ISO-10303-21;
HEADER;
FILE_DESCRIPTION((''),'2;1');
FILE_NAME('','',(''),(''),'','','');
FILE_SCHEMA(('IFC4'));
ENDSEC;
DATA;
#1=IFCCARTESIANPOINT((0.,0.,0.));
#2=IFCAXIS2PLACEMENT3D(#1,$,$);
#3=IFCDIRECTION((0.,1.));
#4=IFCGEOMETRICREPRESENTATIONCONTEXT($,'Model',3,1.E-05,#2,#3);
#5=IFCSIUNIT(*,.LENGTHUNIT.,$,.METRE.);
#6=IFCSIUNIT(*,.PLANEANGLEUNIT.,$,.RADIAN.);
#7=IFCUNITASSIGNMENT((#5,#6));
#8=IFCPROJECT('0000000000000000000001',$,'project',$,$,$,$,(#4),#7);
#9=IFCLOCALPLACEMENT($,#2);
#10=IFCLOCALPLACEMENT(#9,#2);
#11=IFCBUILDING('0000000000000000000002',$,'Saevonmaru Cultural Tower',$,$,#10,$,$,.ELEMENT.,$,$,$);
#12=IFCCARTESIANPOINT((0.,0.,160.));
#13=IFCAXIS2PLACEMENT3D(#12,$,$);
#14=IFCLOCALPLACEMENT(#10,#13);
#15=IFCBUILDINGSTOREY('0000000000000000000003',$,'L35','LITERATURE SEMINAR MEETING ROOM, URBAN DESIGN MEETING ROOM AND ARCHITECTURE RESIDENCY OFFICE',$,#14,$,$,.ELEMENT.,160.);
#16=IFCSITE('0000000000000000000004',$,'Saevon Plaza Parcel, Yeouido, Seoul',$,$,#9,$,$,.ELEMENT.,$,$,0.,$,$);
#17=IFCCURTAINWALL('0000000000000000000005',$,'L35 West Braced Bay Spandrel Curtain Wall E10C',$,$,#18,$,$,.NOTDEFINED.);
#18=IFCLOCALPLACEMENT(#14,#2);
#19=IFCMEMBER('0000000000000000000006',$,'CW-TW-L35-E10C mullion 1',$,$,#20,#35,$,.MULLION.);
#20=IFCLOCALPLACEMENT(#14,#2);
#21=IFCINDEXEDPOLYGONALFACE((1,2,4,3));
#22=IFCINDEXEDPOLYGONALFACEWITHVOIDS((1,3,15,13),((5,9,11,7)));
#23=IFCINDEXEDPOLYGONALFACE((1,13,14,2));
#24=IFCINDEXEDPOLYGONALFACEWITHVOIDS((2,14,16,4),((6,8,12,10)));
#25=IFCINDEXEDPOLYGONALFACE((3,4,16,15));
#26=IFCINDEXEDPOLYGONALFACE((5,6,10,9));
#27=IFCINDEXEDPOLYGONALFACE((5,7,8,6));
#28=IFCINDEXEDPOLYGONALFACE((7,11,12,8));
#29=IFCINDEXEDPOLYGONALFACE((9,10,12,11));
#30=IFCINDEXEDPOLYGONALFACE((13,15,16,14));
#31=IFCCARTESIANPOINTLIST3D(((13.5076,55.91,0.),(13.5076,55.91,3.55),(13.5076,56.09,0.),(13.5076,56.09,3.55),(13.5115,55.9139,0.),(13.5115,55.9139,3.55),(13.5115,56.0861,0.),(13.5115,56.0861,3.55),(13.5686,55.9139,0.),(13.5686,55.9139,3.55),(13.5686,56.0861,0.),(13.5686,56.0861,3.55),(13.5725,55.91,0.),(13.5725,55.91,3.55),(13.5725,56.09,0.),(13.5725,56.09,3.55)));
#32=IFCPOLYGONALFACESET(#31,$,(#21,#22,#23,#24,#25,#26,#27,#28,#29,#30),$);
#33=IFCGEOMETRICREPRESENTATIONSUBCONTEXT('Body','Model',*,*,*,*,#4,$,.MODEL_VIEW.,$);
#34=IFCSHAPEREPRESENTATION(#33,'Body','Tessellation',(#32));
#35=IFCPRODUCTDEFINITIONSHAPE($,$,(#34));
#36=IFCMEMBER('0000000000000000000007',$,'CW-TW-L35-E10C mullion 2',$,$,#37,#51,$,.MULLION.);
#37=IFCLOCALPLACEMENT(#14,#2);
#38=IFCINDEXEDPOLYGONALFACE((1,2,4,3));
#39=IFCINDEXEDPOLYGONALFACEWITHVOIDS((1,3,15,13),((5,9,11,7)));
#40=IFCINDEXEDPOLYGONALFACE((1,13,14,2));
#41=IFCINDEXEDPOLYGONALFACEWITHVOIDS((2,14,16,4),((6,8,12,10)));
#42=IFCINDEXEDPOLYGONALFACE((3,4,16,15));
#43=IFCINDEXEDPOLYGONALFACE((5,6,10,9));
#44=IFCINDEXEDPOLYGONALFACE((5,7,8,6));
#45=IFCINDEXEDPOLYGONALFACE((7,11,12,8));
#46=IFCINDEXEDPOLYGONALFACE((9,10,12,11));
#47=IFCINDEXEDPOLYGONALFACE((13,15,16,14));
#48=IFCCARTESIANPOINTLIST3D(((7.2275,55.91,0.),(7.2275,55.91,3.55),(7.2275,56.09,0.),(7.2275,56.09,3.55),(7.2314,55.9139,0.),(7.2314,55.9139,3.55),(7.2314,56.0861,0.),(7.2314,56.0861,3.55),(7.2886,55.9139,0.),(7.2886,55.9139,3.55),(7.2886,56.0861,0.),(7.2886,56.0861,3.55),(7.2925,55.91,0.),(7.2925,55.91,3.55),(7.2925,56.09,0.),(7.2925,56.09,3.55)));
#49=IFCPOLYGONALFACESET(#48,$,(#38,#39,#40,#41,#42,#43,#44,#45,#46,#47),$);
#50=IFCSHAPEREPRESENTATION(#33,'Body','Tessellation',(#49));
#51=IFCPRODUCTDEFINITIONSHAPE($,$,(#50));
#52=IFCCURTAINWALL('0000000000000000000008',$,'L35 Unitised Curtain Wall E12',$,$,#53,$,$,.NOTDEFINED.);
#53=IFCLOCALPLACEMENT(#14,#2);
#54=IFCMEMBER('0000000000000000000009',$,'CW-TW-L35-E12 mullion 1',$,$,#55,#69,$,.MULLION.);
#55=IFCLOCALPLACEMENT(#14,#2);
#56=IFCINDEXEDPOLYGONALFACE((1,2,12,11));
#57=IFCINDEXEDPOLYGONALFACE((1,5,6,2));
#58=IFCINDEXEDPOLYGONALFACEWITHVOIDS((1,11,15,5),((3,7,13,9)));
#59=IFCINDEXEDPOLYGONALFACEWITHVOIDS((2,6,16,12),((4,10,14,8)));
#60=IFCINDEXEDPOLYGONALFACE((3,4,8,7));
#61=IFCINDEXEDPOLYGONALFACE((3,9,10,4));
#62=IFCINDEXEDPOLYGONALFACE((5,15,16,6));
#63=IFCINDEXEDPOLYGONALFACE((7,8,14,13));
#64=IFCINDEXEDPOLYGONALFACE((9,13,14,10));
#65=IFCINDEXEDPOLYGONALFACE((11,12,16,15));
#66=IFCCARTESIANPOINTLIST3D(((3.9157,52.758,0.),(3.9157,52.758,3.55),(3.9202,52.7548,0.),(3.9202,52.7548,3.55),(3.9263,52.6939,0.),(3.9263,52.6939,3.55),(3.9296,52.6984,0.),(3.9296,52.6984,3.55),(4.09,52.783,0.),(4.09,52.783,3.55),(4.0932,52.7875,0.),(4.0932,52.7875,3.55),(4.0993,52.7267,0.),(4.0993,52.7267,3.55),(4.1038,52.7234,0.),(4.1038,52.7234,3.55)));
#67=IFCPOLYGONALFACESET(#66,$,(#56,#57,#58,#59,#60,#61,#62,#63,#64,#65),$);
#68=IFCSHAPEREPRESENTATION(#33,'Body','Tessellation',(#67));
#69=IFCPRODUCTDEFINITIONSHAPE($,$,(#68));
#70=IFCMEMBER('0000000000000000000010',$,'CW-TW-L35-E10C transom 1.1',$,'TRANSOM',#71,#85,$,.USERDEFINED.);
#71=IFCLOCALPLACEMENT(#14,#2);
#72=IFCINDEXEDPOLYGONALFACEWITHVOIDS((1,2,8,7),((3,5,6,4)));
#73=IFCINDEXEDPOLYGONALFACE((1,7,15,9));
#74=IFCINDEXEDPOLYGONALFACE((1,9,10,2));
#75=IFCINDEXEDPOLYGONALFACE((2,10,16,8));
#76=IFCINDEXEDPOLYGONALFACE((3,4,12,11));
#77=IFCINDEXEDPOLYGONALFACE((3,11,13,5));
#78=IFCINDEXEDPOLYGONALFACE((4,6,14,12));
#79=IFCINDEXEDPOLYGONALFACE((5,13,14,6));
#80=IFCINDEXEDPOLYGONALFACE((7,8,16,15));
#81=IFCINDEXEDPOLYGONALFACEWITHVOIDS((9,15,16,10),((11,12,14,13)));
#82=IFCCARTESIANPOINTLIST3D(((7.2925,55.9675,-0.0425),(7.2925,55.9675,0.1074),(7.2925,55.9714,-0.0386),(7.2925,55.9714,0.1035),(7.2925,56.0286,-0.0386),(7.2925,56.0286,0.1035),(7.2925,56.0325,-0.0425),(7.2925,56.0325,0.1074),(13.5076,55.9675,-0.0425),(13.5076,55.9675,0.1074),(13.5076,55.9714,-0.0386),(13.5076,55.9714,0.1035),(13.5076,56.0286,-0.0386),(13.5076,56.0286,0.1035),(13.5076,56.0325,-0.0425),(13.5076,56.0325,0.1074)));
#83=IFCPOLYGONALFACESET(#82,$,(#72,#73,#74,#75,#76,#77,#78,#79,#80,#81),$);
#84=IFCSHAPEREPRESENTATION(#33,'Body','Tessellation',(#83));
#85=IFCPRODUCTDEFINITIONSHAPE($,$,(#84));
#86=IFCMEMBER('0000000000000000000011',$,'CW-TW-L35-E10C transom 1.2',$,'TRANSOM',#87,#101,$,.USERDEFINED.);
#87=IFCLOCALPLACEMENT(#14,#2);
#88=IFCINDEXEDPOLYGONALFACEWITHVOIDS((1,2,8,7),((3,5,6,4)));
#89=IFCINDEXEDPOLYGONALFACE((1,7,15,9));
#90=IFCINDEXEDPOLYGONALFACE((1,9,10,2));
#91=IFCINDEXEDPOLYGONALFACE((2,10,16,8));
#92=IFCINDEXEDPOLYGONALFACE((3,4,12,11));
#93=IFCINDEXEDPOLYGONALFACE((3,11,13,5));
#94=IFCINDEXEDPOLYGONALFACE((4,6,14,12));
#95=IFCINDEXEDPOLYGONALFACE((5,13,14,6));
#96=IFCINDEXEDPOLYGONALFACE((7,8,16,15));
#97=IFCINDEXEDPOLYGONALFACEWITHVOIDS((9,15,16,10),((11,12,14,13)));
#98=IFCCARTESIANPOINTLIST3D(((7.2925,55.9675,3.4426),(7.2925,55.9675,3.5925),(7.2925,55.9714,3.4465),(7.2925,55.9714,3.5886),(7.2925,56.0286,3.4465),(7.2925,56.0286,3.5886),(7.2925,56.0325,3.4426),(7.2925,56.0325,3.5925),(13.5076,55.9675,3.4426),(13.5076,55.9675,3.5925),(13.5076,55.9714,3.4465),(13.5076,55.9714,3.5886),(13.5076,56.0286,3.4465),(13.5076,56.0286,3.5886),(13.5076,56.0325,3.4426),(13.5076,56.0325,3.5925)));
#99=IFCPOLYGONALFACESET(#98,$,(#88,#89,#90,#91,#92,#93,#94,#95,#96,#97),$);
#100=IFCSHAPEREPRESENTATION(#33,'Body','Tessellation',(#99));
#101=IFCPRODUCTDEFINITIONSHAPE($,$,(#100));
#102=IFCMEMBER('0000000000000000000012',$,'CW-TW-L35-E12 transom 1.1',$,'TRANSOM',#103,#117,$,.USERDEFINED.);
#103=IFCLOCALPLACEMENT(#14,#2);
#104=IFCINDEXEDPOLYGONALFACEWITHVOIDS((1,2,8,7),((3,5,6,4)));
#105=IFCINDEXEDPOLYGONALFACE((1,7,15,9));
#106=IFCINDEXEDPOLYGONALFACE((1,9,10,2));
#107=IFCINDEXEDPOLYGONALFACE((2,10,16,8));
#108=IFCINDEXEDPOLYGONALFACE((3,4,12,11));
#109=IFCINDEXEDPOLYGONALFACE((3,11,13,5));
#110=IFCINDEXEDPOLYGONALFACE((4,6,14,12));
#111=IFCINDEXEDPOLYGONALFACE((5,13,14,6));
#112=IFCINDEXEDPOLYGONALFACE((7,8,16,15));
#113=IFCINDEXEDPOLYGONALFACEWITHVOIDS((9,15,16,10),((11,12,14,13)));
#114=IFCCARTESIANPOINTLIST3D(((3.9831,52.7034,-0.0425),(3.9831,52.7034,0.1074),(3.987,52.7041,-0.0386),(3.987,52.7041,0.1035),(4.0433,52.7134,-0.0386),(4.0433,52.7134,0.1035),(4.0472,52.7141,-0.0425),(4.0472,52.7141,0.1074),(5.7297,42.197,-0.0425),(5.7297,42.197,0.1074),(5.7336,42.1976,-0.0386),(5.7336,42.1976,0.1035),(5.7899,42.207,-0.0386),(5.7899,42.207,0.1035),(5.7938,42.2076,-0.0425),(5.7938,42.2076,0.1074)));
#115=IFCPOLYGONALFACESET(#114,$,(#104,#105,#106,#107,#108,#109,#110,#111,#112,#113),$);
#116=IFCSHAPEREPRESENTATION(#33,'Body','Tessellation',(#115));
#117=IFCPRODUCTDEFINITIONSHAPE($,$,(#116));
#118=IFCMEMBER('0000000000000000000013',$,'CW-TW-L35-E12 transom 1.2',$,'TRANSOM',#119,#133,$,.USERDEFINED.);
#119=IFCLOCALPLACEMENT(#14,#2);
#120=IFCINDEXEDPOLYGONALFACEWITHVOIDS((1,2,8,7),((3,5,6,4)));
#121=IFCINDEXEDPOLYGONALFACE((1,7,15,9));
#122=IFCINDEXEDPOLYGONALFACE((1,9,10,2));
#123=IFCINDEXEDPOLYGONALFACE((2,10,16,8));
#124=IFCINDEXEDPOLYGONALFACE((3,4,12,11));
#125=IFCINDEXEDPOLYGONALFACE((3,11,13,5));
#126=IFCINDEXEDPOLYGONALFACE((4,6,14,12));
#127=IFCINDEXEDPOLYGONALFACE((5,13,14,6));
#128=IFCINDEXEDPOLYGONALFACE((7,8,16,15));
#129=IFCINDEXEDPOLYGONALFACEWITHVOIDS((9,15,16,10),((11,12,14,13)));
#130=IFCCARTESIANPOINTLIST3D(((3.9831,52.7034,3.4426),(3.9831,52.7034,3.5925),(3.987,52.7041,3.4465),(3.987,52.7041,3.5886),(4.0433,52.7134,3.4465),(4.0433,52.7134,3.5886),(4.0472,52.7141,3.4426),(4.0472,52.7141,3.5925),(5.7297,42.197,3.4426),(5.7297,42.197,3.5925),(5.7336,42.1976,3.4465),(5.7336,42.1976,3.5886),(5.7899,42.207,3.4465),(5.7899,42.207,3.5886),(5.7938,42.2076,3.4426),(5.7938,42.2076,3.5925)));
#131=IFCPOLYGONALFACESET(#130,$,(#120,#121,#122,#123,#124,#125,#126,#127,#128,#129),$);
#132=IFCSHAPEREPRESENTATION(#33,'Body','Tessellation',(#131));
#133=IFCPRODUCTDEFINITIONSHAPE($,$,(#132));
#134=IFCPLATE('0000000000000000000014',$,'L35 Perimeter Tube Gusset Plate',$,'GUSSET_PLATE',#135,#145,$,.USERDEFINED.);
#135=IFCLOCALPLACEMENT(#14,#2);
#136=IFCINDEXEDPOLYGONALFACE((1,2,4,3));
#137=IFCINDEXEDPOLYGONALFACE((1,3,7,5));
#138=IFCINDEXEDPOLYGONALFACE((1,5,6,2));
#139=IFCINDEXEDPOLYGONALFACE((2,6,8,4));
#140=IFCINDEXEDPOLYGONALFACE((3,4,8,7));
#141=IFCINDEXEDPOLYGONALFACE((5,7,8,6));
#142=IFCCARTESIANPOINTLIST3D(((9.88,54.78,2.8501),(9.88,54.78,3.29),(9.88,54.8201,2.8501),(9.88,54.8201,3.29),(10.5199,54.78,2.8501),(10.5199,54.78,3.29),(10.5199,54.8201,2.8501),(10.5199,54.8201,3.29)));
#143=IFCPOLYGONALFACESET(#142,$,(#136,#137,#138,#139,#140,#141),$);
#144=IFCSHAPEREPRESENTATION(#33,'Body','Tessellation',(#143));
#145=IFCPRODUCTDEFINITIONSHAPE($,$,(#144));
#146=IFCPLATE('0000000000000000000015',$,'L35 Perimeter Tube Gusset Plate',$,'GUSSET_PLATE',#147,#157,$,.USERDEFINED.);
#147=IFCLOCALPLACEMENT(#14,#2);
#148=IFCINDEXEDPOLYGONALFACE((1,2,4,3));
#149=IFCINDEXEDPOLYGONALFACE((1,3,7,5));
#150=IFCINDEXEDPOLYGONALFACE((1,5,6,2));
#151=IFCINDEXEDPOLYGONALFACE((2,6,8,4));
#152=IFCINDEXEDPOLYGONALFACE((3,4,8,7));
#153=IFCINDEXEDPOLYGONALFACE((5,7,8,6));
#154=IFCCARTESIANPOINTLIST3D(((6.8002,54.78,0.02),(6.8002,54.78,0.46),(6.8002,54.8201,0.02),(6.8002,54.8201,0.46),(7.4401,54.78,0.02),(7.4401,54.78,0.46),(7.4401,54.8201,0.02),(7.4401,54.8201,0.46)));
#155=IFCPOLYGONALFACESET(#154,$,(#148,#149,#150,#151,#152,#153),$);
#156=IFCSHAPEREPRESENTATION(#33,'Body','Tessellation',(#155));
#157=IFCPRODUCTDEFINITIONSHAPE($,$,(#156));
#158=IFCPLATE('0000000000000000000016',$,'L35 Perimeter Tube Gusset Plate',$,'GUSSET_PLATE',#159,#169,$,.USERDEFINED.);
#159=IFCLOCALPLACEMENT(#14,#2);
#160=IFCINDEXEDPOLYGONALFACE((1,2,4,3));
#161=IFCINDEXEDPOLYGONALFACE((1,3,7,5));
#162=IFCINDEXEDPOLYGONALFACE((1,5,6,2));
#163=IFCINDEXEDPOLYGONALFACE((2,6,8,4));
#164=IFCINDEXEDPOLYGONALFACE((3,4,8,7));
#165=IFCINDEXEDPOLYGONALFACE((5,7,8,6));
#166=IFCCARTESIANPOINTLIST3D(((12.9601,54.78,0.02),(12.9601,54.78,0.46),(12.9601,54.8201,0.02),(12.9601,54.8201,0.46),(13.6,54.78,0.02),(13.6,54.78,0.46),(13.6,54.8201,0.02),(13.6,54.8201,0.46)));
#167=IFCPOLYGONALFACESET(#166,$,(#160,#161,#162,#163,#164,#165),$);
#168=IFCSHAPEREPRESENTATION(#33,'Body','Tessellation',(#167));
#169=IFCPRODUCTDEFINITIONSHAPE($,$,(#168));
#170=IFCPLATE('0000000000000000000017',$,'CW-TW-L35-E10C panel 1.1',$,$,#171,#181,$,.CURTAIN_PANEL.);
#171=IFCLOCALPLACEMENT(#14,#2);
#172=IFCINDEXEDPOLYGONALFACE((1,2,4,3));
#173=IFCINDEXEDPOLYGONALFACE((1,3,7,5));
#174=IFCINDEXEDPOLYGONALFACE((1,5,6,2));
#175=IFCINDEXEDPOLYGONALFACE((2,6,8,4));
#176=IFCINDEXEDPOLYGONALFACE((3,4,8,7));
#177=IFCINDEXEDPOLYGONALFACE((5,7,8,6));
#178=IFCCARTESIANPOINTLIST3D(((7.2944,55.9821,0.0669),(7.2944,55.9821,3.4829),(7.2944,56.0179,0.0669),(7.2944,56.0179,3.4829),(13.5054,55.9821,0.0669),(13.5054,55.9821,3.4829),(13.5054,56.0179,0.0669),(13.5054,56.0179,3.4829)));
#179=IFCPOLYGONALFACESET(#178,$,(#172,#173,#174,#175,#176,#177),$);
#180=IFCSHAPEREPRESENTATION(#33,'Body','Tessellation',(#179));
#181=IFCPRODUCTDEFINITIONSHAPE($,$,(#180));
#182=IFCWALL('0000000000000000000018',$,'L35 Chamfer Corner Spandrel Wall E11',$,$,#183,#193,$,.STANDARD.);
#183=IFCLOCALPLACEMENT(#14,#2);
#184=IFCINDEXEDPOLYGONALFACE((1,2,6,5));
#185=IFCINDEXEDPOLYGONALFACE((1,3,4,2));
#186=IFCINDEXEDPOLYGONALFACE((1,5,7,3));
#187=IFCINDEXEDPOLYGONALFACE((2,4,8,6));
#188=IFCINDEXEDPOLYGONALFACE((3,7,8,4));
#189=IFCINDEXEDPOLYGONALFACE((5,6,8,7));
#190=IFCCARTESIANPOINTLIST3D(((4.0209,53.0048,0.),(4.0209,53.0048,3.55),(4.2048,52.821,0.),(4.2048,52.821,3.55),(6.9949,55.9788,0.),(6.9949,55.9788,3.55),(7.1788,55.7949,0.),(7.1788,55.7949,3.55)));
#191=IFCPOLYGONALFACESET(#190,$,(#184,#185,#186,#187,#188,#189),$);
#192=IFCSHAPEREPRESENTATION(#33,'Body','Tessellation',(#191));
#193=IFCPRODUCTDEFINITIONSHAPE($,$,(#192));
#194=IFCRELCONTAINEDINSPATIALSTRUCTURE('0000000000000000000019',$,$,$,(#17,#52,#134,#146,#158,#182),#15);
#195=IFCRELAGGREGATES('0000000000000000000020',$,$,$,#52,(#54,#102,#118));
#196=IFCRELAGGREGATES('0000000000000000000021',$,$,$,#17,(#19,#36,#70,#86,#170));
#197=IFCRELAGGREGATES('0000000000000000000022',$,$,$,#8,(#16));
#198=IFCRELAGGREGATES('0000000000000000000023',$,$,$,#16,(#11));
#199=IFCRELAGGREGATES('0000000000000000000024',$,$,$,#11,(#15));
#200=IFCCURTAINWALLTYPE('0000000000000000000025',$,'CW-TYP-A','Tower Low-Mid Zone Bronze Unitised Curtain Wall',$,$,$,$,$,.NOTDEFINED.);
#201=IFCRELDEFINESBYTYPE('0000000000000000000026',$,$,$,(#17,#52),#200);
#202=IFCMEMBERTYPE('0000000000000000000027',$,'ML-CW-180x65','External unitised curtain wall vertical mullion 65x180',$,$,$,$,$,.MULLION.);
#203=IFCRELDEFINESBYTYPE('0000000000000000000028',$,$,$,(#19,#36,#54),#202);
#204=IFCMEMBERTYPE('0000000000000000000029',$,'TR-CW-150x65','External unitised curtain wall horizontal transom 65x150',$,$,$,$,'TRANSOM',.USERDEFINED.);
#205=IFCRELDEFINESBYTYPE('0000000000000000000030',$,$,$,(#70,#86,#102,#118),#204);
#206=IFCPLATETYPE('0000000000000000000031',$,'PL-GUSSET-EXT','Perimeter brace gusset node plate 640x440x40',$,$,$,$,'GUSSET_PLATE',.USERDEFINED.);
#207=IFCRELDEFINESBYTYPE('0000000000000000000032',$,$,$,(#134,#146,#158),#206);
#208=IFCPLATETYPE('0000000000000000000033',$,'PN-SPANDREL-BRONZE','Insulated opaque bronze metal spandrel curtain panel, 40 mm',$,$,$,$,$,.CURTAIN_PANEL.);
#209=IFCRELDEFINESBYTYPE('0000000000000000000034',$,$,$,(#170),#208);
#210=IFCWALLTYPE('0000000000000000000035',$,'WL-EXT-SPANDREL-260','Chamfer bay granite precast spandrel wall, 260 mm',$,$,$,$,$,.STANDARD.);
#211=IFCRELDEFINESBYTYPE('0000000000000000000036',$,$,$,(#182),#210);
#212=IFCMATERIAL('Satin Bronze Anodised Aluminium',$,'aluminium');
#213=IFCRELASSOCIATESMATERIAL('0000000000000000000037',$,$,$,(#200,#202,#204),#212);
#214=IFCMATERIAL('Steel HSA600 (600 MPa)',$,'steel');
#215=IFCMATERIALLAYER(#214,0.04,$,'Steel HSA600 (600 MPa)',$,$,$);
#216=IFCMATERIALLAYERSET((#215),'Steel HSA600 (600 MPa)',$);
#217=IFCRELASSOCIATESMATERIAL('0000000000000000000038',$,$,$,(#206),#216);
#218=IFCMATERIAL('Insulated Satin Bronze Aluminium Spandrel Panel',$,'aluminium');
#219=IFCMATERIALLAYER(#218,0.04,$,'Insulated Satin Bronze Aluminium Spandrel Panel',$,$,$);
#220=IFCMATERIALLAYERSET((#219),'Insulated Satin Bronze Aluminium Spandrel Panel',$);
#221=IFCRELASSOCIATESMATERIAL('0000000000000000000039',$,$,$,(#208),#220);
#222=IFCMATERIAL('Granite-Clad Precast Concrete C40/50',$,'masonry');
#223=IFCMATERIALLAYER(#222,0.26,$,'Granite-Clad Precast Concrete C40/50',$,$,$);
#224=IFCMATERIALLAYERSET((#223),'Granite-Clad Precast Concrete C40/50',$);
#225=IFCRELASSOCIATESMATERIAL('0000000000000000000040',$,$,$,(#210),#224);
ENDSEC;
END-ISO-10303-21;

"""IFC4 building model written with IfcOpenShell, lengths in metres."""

from ifc_helpers import new_model, si_unit, direction, frame, frame_2d, origin, origin_2d, place, context, subcontext, project, spatial, rectangle, hollow_rectangle, extrude, material, layer, layer_set, material_profile, profile_set, type_object, element, aggregate, save


model = new_model("IFC4")

# Units and contexts
model_context = context("Model", 3, precision=1e-05, world=origin(), true_north=direction((0.0, 1.0)))
body_context = subcontext(model_context, "Body", "Model", "MODEL_VIEW")
ifc_project = project(units=[si_unit("LENGTHUNIT", "METRE"), si_unit("PLANEANGLEUNIT", "RADIAN")], contexts=[model_context])

# Site, building, storey
site_placement = place(None, origin())
site = spatial("IfcSite", under=ifc_project, at=site_placement, Name="Saevon Plaza Parcel, Yeouido, Seoul", CompositionType="ELEMENT", RefElevation=0.0)
building_placement = place(site_placement, origin())
building = spatial("IfcBuilding", under=site, at=building_placement, Name="Saevonmaru Cultural Tower", CompositionType="ELEMENT")
storey_placement = place(building_placement, frame((0.0, 0.0, 160.0)))
storey = spatial("IfcBuildingStorey", under=building, at=storey_placement, Name="L35", Description="LITERATURE SEMINAR MEETING ROOM, URBAN DESIGN MEETING ROOM AND ARCHITECTURE RESIDENCY OFFICE", CompositionType="ELEMENT", Elevation=160.0)

# Curtain wall, members
ifc_material_1 = material(Name="Satin Bronze Anodised Aluminium", Category="aluminium")
curtain_wall_type = type_object("IfcCurtainWallType", Name="CW-TYP-A", Description="Tower Low-Mid Zone Bronze Unitised Curtain Wall", PredefinedType="NOTDEFINED", material=ifc_material_1)
curtain_wall_1_placement = place(storey_placement, origin())
curtain_wall_1 = element("IfcCurtainWall", 1, at=curtain_wall_1_placement, inside=storey, type_object=curtain_wall_type, Name="L35 West Braced Bay Spandrel Curtain Wall E10C", PredefinedType="NOTDEFINED")
ifc_material_profile_1 = material_profile(ifc_material_1, hollow_rectangle(XDim=0.0649, YDim=0.1799, WallThickness=0.0039, at=origin_2d()), Name="ALU-MULL-180x65x4")
ifc_profile_set_1 = profile_set([ifc_material_profile_1], Name="Satin Bronze Anodised Aluminium")
member_type_1 = type_object("IfcMemberType", Name="ML-CW-180x65", Description="External unitised curtain wall vertical mullion 65x180", PredefinedType="MULLION", material=ifc_profile_set_1)
member_1_placement = place(storey_placement, frame((13.54, 56.0, 0.0), z_axis=(0.0, 0.0, 1.0), x_axis=(-1.0, 0.0, 0.0)))
member_1 = element("IfcMember", 2, at=member_1_placement, type_object=member_type_1, Name="CW-TW-L35-E10C mullion 1", PredefinedType="MULLION", context=body_context, shape_type="SweptSolid", body=[
    extrude(hollow_rectangle(XDim=0.0649, YDim=0.1799, WallThickness=0.0039, at=origin_2d()), origin(), (0.0, 0.0, 1.0), 3.55),
])
member_2_placement = place(storey_placement, frame((7.26, 56.0, 0.0), z_axis=(0.0, 0.0, 1.0), x_axis=(-1.0, 0.0, 0.0)))
member_2 = element("IfcMember", 3, at=member_2_placement, type_object=member_type_1, Name="CW-TW-L35-E10C mullion 2", PredefinedType="MULLION", context=body_context, shape_type="SweptSolid", body=[
    extrude(hollow_rectangle(XDim=0.0649, YDim=0.1799, WallThickness=0.0039, at=origin_2d()), origin(), (0.0, 0.0, 1.0), 3.55),
])

# Curtain wall, member
curtain_wall_2_placement = place(storey_placement, origin())
curtain_wall_2 = element("IfcCurtainWall", 4, at=curtain_wall_2_placement, inside=storey, type_object=curtain_wall_type, Name="L35 Unitised Curtain Wall E12", PredefinedType="NOTDEFINED")
member_3_placement = place(storey_placement, frame((4.0098, 52.7407, 0.0), z_axis=(0.0, 0.0, 1.0), x_axis=(0.163999, -0.986461, 0.0)))
member_3 = element("IfcMember", 5, at=member_3_placement, type_object=member_type_1, Name="CW-TW-L35-E12 mullion 1", PredefinedType="MULLION", context=body_context, shape_type="SweptSolid", body=[
    extrude(hollow_rectangle(XDim=0.0649, YDim=0.1799, WallThickness=0.0039, at=origin_2d()), origin(), (0.0, 0.0, 1.0), 3.55),
])

# Members
ifc_material_profile_2 = material_profile(ifc_material_1, hollow_rectangle(XDim=0.0649, YDim=0.1499, WallThickness=0.0039, at=origin_2d()), Name="ALU-TRAN-150x65x4")
ifc_profile_set_2 = profile_set([ifc_material_profile_2], Name="Satin Bronze Anodised Aluminium")
member_type_2 = type_object("IfcMemberType", Name="TR-CW-150x65", Description="External unitised curtain wall horizontal transom 65x150", ElementType="TRANSOM", PredefinedType="USERDEFINED", material=ifc_profile_set_2)
member_4_placement = place(storey_placement, frame((13.5076, 56.0, 0.0325), z_axis=(-1.0, 0.0, 0.0), x_axis=(0.0, -1.0, 0.0)))
member_4 = element("IfcMember", 6, at=member_4_placement, type_object=member_type_2, Name="CW-TW-L35-E10C transom 1.1", ObjectType="TRANSOM", PredefinedType="USERDEFINED", context=body_context, shape_type="SweptSolid", body=[
    extrude(hollow_rectangle(XDim=0.0649, YDim=0.1499, WallThickness=0.0039, at=origin_2d()), origin(), (0.0, 0.0, 1.0), 6.2151),
])
member_5_placement = place(storey_placement, frame((13.5076, 56.0, 3.5176), z_axis=(-1.0, 0.0, 0.0), x_axis=(0.0, -1.0, 0.0)))
member_5 = element("IfcMember", 7, at=member_5_placement, type_object=member_type_2, Name="CW-TW-L35-E10C transom 1.2", ObjectType="TRANSOM", PredefinedType="USERDEFINED", context=body_context, shape_type="SweptSolid", body=[
    extrude(hollow_rectangle(XDim=0.0649, YDim=0.1499, WallThickness=0.0039, at=origin_2d()), origin(), (0.0, 0.0, 1.0), 6.2151),
])
member_6_placement = place(storey_placement, frame((4.0151, 52.7087, 0.0325), z_axis=(0.16399, -0.986462, 0.0), x_axis=(0.986462, 0.16399, 0.0)))
member_6 = element("IfcMember", 8, at=member_6_placement, type_object=member_type_2, Name="CW-TW-L35-E12 transom 1.1", ObjectType="TRANSOM", PredefinedType="USERDEFINED", context=body_context, shape_type="SweptSolid", body=[
    extrude(hollow_rectangle(XDim=0.0649, YDim=0.1499, WallThickness=0.0039, at=origin_2d()), origin(), (0.0, 0.0, 1.0), 10.6506),
])
member_7_placement = place(storey_placement, frame((4.0151, 52.7087, 3.5176), z_axis=(0.16399, -0.986462, 0.0), x_axis=(0.986462, 0.16399, 0.0)))
member_7 = element("IfcMember", 9, at=member_7_placement, type_object=member_type_2, Name="CW-TW-L35-E12 transom 1.2", ObjectType="TRANSOM", PredefinedType="USERDEFINED", context=body_context, shape_type="SweptSolid", body=[
    extrude(hollow_rectangle(XDim=0.0649, YDim=0.1499, WallThickness=0.0039, at=origin_2d()), origin(), (0.0, 0.0, 1.0), 10.6506),
])
aggregate(curtain_wall_2, [member_3, member_6, member_7])

# Plates
ifc_material_2 = material(Name="Steel HSA600 (600 MPa)", Category="steel")
ifc_layer_1 = layer(ifc_material_2, 0.04, Name="Steel HSA600 (600 MPa)")
ifc_layer_set_1 = layer_set([ifc_layer_1], Name="Steel HSA600 (600 MPa)")
plate_type_1 = type_object("IfcPlateType", Name="PL-GUSSET-EXT", Description="Perimeter brace gusset node plate 640x440x40", ElementType="GUSSET_PLATE", PredefinedType="USERDEFINED", material=ifc_layer_set_1)
for number, where, z_axis, x_axis, name in (
    (10, (10.2, 54.8, 2.8501), (0.0, 0.0, 1.0), (1.0, 0.0, 0.0), "L35 Perimeter Tube Gusset Plate"),
    (11, (7.1201, 54.8, 0.02), (0.0, 0.0, 1.0), (1.0, 0.0, 0.0), "L35 Perimeter Tube Gusset Plate"),
    (12, (13.28, 54.8, 0.02), (0.0, 0.0, 1.0), (1.0, 0.0, 0.0), "L35 Perimeter Tube Gusset Plate"),
):
    element("IfcPlate", number, at=place(storey_placement, frame(where, z_axis=z_axis, x_axis=x_axis)), inside=storey, type_object=plate_type_1, Name=name, ObjectType="GUSSET_PLATE", PredefinedType="USERDEFINED", context=body_context, shape_type="SweptSolid", body=[
        extrude(rectangle(XDim=0.6399, YDim=0.04, at=origin_2d()), origin(), (0.0, 0.0, 1.0), 0.4399),
    ])

# Plate
ifc_material_3 = material(Name="Insulated Satin Bronze Aluminium Spandrel Panel", Category="aluminium")
ifc_layer_2 = layer(ifc_material_3, 0.04, Name="Insulated Satin Bronze Aluminium Spandrel Panel")
ifc_layer_set_2 = layer_set([ifc_layer_2], Name="Insulated Satin Bronze Aluminium Spandrel Panel")
plate_type_2 = type_object("IfcPlateType", Name="PN-SPANDREL-BRONZE", Description="Insulated opaque bronze metal spandrel curtain panel, 40 mm", PredefinedType="CURTAIN_PANEL", material=ifc_layer_set_2)
plate_placement = place(storey_placement, frame((10.3999, 56.0, 0.0669), z_axis=(0.0, 0.0, 1.0), x_axis=(-1.0, 0.0, 0.0)))
plate = element("IfcPlate", 13, at=plate_placement, type_object=plate_type_2, Name="CW-TW-L35-E10C panel 1.1", PredefinedType="CURTAIN_PANEL", context=body_context, shape_type="SweptSolid", body=[
    extrude(rectangle(XDim=6.2109, YDim=0.0359, at=origin_2d()), origin(), (0.0, 0.0, 1.0), 3.416),
])
aggregate(curtain_wall_1, [member_1, member_2, member_4, member_5, plate])

# Wall
ifc_material_4 = material(Name="Granite-Clad Precast Concrete C40/50", Category="masonry")
ifc_layer_3 = layer(ifc_material_4, 0.26, Name="Granite-Clad Precast Concrete C40/50")
ifc_layer_set_3 = layer_set([ifc_layer_3], Name="Granite-Clad Precast Concrete C40/50")
wall_type_1 = type_object("IfcWallType", Name="WL-EXT-SPANDREL-260", Description="Chamfer bay granite precast spandrel wall, 260 mm", PredefinedType="STANDARD", material=ifc_layer_set_3)
wall_1_placement = place(storey_placement, frame((7.0869, 55.887, 0.0), z_axis=(0.0, 0.0, 1.0), x_axis=(-0.707107, -0.707107, 0.0)))
element("IfcWall", 14, at=wall_1_placement, inside=storey, type_object=wall_type_1, Name="L35 Chamfer Corner Spandrel Wall E11", PredefinedType="STANDARD", context=body_context, shape_type="SweptSolid", body=[
    extrude(rectangle(XDim=4.2058, YDim=0.26, at=frame_2d((2.103, 0.0))), origin(), (0.0, 0.0, 1.0), 3.55),
])

save(model, "model.ifc")
